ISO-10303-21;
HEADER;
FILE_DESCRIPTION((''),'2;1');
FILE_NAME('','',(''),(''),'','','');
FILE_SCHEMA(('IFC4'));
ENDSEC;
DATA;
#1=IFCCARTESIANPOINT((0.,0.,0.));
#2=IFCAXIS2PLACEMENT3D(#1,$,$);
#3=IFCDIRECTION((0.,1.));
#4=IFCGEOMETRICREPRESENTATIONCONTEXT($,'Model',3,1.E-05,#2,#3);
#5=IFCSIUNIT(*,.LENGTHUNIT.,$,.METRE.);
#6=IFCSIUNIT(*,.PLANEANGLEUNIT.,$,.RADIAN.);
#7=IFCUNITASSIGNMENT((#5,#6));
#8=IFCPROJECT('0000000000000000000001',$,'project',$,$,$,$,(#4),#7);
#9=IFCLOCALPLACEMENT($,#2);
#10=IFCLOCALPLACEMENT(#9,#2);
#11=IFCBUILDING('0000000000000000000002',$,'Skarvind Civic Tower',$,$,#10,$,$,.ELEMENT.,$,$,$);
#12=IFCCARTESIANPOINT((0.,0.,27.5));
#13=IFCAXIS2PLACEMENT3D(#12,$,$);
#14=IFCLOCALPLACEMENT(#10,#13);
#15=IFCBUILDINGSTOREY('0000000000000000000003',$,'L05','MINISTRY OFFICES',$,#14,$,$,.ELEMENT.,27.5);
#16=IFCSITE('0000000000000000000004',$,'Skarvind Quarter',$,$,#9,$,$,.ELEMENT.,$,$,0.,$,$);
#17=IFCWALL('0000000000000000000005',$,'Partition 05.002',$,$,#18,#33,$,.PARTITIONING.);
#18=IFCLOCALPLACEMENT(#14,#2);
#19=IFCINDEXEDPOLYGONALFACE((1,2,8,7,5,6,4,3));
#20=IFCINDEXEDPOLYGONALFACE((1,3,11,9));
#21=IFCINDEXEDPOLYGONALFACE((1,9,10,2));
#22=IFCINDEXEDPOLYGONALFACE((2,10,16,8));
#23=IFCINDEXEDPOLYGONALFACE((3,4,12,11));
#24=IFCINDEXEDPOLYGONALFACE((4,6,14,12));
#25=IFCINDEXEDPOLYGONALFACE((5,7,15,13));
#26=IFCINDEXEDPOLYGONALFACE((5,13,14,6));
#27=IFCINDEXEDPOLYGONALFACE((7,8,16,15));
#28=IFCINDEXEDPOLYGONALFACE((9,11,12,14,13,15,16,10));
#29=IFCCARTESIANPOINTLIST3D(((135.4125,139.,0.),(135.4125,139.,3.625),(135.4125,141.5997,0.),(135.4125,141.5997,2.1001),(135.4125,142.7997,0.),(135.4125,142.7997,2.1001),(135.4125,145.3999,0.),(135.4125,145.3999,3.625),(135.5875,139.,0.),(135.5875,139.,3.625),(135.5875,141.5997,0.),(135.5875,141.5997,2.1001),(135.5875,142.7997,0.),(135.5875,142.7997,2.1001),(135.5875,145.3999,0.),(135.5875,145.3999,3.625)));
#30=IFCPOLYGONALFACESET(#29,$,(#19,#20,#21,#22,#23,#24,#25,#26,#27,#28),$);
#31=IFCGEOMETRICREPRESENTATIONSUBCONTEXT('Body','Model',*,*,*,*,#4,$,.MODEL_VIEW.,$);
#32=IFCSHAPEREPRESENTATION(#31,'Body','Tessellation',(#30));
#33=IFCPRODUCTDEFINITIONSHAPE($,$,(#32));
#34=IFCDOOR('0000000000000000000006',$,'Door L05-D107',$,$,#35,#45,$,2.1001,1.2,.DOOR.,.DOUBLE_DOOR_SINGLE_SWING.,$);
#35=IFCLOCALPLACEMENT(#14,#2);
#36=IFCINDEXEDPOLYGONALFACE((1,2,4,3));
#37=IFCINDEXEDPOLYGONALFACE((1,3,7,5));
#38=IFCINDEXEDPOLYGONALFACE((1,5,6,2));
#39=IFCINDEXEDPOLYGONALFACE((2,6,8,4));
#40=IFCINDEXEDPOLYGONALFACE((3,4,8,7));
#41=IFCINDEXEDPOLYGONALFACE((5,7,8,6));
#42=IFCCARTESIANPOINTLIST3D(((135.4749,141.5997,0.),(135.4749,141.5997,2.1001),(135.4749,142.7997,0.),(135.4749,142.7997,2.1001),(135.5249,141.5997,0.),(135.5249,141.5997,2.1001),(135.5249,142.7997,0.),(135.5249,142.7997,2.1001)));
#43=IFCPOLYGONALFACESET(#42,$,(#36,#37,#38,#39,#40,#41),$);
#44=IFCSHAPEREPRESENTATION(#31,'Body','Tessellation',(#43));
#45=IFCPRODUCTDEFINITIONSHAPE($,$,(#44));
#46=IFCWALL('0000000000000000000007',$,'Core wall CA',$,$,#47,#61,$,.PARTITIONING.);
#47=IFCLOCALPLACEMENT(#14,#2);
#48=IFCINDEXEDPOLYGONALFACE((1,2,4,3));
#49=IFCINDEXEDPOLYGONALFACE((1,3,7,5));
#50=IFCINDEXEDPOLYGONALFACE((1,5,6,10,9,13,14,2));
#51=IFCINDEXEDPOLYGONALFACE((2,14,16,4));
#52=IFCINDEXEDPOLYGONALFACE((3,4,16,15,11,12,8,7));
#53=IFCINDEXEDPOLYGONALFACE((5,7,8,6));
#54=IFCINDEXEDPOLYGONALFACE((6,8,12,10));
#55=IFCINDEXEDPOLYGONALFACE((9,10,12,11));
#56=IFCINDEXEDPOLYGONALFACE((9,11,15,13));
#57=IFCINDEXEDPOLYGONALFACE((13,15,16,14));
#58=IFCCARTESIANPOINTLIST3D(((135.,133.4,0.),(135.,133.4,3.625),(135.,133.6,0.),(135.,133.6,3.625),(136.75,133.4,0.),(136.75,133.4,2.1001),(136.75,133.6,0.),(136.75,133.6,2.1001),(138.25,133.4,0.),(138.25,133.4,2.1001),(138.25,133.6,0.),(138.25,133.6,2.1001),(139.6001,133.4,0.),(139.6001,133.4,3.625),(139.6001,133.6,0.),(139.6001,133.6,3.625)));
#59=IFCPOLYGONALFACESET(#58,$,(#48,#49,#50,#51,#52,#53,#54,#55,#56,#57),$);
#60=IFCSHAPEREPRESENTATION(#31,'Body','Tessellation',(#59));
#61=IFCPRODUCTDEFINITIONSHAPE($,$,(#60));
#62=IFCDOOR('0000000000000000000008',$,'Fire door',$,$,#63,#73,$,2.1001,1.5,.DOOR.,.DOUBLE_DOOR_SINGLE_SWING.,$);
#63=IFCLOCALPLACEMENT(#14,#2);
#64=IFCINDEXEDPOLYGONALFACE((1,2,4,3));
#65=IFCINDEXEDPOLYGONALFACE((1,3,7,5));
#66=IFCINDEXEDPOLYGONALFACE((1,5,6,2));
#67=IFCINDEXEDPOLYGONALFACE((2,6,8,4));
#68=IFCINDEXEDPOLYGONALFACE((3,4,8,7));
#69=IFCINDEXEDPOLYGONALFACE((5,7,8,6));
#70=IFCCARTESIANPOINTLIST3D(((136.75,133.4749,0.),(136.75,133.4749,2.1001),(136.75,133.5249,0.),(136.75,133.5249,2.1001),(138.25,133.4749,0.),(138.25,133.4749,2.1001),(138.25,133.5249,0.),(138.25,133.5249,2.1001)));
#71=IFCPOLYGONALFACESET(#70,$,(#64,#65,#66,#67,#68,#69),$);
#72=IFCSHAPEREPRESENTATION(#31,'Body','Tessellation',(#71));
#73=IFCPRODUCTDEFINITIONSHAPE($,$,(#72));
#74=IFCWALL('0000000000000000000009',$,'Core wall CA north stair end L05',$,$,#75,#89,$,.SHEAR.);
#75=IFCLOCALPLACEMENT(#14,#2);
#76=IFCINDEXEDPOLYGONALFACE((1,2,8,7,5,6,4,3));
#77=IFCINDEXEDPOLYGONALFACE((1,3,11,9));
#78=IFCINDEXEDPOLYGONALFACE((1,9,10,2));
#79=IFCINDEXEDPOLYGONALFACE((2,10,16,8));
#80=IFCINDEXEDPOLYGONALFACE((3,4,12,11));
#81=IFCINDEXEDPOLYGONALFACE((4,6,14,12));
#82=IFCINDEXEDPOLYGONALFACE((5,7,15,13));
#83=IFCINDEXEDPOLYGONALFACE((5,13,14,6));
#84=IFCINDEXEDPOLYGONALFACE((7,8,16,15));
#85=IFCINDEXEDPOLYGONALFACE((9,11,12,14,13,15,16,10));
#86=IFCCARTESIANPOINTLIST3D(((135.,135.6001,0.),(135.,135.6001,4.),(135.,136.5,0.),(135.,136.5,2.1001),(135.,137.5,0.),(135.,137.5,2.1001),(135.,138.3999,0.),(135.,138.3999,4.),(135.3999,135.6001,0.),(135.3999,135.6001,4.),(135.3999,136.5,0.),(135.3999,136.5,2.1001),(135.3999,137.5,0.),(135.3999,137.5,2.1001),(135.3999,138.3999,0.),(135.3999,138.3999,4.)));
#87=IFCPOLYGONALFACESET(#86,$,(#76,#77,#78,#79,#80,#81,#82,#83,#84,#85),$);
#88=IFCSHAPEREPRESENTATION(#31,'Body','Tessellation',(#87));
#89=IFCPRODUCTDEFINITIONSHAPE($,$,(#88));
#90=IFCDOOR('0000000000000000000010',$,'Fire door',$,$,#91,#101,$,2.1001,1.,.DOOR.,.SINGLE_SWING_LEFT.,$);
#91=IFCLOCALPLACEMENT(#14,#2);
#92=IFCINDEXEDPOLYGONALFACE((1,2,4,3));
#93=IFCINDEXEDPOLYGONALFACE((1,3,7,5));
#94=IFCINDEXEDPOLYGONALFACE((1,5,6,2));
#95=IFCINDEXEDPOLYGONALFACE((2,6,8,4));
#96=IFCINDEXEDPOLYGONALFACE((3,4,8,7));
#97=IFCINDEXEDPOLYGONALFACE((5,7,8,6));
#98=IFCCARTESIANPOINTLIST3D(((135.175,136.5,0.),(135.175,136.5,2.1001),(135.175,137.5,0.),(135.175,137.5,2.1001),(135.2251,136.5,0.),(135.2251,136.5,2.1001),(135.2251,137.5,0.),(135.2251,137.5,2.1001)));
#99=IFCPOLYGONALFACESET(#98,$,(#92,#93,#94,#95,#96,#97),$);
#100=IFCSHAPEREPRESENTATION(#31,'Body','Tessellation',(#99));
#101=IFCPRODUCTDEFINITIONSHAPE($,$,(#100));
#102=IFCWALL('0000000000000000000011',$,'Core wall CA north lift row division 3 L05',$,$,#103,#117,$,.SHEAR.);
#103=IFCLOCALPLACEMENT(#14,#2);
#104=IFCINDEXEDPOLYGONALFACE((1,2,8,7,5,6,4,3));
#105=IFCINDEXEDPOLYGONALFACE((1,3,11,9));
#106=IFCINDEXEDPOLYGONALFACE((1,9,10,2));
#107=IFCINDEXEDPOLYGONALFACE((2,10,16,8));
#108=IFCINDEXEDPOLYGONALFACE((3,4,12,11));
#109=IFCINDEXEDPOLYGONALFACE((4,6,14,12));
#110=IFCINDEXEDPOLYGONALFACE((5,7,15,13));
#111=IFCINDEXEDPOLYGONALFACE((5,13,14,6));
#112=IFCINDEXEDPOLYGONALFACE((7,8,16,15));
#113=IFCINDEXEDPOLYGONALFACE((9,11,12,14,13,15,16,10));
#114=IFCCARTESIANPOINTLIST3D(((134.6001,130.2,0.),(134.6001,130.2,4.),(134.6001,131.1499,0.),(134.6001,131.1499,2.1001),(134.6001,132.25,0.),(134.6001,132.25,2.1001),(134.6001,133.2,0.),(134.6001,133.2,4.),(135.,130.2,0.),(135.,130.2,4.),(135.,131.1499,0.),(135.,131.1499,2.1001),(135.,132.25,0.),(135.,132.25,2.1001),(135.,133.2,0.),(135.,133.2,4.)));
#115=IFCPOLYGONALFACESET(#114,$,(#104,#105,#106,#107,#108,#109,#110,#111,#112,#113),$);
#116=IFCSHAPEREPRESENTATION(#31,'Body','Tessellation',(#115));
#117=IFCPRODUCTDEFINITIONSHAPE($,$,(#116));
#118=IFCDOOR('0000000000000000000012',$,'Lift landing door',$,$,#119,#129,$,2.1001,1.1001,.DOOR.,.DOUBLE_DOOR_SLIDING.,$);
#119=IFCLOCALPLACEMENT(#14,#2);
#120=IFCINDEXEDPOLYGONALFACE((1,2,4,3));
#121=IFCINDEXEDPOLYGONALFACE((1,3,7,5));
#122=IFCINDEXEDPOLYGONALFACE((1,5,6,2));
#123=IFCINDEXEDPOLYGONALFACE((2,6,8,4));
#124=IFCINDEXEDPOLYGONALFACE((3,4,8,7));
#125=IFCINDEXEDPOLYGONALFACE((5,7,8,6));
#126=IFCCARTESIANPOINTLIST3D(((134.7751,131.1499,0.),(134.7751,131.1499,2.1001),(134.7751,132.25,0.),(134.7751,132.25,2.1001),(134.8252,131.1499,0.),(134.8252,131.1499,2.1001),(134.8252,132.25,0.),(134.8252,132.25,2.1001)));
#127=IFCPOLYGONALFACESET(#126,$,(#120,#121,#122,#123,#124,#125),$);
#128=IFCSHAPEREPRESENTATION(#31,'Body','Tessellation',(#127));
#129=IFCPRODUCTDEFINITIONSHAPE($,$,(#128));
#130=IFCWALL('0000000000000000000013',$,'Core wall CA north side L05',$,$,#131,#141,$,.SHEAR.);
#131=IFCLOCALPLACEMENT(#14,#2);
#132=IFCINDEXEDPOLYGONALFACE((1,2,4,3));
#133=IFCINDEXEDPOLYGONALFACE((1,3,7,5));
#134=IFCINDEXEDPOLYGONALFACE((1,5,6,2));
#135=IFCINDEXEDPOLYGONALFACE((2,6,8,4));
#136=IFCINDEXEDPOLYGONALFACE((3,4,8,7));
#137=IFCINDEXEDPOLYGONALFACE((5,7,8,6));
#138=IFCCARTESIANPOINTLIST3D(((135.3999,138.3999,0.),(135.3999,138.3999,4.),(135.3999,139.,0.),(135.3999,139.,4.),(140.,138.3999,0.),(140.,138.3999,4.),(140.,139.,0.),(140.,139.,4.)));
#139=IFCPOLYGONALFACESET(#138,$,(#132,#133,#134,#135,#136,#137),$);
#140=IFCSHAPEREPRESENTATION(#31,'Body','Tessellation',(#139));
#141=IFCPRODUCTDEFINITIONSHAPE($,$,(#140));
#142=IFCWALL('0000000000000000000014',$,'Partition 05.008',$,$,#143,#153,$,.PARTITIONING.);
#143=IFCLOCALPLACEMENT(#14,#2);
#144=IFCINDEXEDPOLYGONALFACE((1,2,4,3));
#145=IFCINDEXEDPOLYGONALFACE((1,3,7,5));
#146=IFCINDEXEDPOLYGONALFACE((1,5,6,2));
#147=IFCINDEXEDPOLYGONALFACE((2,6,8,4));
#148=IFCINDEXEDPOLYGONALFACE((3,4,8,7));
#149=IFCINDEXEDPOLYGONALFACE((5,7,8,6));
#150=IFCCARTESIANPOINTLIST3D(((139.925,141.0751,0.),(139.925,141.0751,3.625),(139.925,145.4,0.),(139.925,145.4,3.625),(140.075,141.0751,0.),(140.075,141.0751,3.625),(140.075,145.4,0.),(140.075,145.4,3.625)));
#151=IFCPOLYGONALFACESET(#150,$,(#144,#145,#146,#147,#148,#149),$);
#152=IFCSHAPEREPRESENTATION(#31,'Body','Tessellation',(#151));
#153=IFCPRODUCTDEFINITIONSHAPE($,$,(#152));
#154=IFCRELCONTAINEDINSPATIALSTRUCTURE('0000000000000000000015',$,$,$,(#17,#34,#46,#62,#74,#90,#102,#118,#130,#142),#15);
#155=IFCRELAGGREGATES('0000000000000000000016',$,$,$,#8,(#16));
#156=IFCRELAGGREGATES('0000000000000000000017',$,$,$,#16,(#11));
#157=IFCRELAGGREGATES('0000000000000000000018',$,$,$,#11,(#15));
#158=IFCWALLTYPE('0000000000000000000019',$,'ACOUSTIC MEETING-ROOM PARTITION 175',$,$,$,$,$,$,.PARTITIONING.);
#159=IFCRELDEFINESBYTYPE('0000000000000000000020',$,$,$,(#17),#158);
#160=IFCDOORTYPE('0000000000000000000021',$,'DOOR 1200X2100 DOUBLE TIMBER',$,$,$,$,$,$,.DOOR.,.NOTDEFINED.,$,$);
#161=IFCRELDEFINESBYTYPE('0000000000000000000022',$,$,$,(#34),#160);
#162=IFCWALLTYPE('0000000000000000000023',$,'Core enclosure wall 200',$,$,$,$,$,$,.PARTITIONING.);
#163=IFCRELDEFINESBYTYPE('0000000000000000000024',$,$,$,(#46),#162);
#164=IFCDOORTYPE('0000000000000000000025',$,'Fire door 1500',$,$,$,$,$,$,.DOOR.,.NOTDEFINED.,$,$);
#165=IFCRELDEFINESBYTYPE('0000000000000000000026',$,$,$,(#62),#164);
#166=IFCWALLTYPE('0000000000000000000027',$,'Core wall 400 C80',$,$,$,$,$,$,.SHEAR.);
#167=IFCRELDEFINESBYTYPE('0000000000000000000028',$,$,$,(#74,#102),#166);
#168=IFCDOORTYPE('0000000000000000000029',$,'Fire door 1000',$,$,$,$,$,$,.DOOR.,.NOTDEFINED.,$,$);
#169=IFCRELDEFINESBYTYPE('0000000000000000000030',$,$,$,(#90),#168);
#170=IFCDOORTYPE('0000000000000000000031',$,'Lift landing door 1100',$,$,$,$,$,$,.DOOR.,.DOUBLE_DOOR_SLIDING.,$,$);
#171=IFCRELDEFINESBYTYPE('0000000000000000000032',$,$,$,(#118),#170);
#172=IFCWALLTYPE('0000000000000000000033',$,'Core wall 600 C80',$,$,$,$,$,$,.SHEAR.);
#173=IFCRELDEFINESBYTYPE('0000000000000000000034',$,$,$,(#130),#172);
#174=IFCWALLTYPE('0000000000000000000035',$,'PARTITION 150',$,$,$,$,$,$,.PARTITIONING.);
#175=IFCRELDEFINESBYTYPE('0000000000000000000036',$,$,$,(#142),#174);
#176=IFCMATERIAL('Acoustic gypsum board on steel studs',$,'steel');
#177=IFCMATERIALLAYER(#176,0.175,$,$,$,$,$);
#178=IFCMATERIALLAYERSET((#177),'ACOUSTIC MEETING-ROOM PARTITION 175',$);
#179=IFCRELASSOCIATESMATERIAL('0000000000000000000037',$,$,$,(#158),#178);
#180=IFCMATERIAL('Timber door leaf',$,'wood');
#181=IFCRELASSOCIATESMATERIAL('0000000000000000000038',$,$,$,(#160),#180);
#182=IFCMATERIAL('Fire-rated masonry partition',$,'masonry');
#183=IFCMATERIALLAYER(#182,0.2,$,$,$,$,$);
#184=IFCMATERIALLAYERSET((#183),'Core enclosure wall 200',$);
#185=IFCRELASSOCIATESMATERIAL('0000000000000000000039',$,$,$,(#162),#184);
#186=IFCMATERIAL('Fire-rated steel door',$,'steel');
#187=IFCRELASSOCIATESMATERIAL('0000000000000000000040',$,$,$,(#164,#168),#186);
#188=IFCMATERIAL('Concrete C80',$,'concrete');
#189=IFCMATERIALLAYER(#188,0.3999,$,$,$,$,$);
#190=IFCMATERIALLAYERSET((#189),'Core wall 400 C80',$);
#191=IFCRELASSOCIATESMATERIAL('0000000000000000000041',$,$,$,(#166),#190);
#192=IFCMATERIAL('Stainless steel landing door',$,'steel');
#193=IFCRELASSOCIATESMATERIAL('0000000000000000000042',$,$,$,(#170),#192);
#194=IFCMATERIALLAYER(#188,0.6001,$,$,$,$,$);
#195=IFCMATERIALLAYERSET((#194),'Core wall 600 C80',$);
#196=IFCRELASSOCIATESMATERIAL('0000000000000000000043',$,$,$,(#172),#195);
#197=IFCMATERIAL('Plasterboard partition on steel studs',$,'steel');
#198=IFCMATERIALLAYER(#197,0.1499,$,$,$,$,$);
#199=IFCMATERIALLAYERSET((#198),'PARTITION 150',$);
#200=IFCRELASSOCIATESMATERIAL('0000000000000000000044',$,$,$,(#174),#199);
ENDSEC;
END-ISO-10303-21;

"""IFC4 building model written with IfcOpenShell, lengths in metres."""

from ifc_helpers import new_model, si_unit, direction, frame, frame_2d, origin, place, context, subcontext, project, spatial, rectangle, extrude, material, layer, layer_set, type_object, element, fill, save


model = new_model("IFC4")

# Units and contexts
model_context = context("Model", 3, precision=1e-05, world=origin(), true_north=direction((0.0, 1.0)))
body_context = subcontext(model_context, "Body", "Model", "MODEL_VIEW")
ifc_project = project(units=[si_unit("LENGTHUNIT", "METRE"), si_unit("PLANEANGLEUNIT", "RADIAN")], contexts=[model_context])

# Site, building, storey
site_placement = place(None, origin())
site = spatial("IfcSite", under=ifc_project, at=site_placement, Name="Skarvind Quarter", CompositionType="ELEMENT", RefElevation=0.0)
building_placement = place(site_placement, origin())
building = spatial("IfcBuilding", under=site, at=building_placement, Name="Skarvind Civic Tower", CompositionType="ELEMENT")
storey_placement = place(building_placement, frame((0.0, 0.0, 27.5)))
storey = spatial("IfcBuildingStorey", under=building, at=storey_placement, Name="L05", Description="MINISTRY OFFICES", CompositionType="ELEMENT", Elevation=27.5)

# Walls, openings, doors
ifc_material_1 = material(Name="Acoustic gypsum board on steel studs", Category="steel")
ifc_layer_1 = layer(ifc_material_1, 0.175)
ifc_layer_set_1 = layer_set([ifc_layer_1], Name="ACOUSTIC MEETING-ROOM PARTITION 175")
wall_type_1 = type_object("IfcWallType", Name="ACOUSTIC MEETING-ROOM PARTITION 175", PredefinedType="PARTITIONING", material=ifc_layer_set_1)
wall_1_placement = place(storey_placement, frame((135.5, 145.3999, 0.0), z_axis=(0.0, 0.0, 1.0), x_axis=(0.0, -1.0, 0.0)))
wall_1 = element("IfcWall", 1, at=wall_1_placement, inside=storey, type_object=wall_type_1, Name="Partition 05.002", PredefinedType="PARTITIONING", context=body_context, shape_type="SweptSolid", body=[
    extrude(rectangle(XDim=6.3999, YDim=0.175, at=frame_2d((3.2, 0.0))), origin(), (0.0, 0.0, 1.0), 3.625),
])
opening_1_placement = place(wall_1_placement, frame((2.6001, 0.0, 0.0)))
opening_1 = element("IfcOpeningElement", 2, at=opening_1_placement, cuts=wall_1, PredefinedType="OPENING", context=body_context, shape_type="SweptSolid", body=[
    extrude(rectangle(XDim=1.2, YDim=2.1001, at=frame_2d((0.6001, 1.05))), frame((0.0, 0.0974, 0.0), z_axis=(0.0, -1.0, 0.0), x_axis=(1.0, 0.0, 0.0)), (0.0, 0.0, 1.0), 0.1951),
])
ifc_material_2 = material(Name="Timber door leaf", Category="wood")
door_type_1 = type_object("IfcDoorType", Name="DOOR 1200X2100 DOUBLE TIMBER", OperationType="NOTDEFINED", PredefinedType="DOOR", material=ifc_material_2)
door_1_placement = place(opening_1_placement, origin())
door_1 = element("IfcDoor", 3, at=door_1_placement, inside=storey, type_object=door_type_1, Name="Door L05-D107", OperationType="DOUBLE_DOOR_SINGLE_SWING", OverallHeight=2.1001, OverallWidth=1.2, PredefinedType="DOOR", context=body_context, shape_type="SweptSolid", body=[
    extrude(rectangle(XDim=1.2, YDim=2.1001, at=frame_2d((0.6001, 1.05))), frame((0.0, 0.0249, 0.0), z_axis=(0.0, -1.0, 0.0), x_axis=(1.0, 0.0, 0.0)), (0.0, 0.0, 1.0), 0.05),
])
fill(opening_1, door_1)
ifc_material_3 = material(Name="Fire-rated masonry partition", Category="masonry")
ifc_layer_2 = layer(ifc_material_3, 0.2)
ifc_layer_set_2 = layer_set([ifc_layer_2], Name="Core enclosure wall 200")
wall_type_2 = type_object("IfcWallType", Name="Core enclosure wall 200", PredefinedType="PARTITIONING", material=ifc_layer_set_2)
wall_2_placement = place(storey_placement, frame((135.0, 133.5, 0.0), z_axis=(0.0, 0.0, 1.0), x_axis=(1.0, 0.0, 0.0)))
wall_2 = element("IfcWall", 4, at=wall_2_placement, inside=storey, type_object=wall_type_2, Name="Core wall CA", PredefinedType="PARTITIONING", context=body_context, shape_type="SweptSolid", body=[
    extrude(rectangle(XDim=4.6001, YDim=0.2, at=frame_2d((2.3, 0.0))), origin(), (0.0, 0.0, 1.0), 3.625),
])
opening_2_placement = place(wall_2_placement, frame((1.75, 0.0, 0.0)))
opening_2 = element("IfcOpeningElement", 5, at=opening_2_placement, cuts=wall_2, PredefinedType="OPENING", context=body_context, shape_type="SweptSolid", body=[
    extrude(rectangle(XDim=1.5, YDim=2.1001, at=frame_2d((0.75, 1.05))), frame((0.0, 0.1099, 0.0), z_axis=(0.0, -1.0, 0.0), x_axis=(1.0, 0.0, 0.0)), (0.0, 0.0, 1.0), 0.22),
])
ifc_material_4 = material(Name="Fire-rated steel door", Category="steel")
door_type_2 = type_object("IfcDoorType", Name="Fire door 1500", OperationType="NOTDEFINED", PredefinedType="DOOR", material=ifc_material_4)
door_2_placement = place(opening_2_placement, origin())
door_2 = element("IfcDoor", 6, at=door_2_placement, inside=storey, type_object=door_type_2, Name="Fire door", OperationType="DOUBLE_DOOR_SINGLE_SWING", OverallHeight=2.1001, OverallWidth=1.5, PredefinedType="DOOR", context=body_context, shape_type="SweptSolid", body=[
    extrude(rectangle(XDim=1.5, YDim=2.1001, at=frame_2d((0.75, 1.05))), frame((0.0, 0.0249, 0.0), z_axis=(0.0, -1.0, 0.0), x_axis=(1.0, 0.0, 0.0)), (0.0, 0.0, 1.0), 0.05),
])
fill(opening_2, door_2)
ifc_material_5 = material(Name="Concrete C80", Category="concrete")
ifc_layer_3 = layer(ifc_material_5, 0.3999)
ifc_layer_set_3 = layer_set([ifc_layer_3], Name="Core wall 400 C80")
wall_type_3 = type_object("IfcWallType", Name="Core wall 400 C80", PredefinedType="SHEAR", material=ifc_layer_set_3)
wall_3_placement = place(storey_placement, frame((135.2, 135.6001, 0.0), z_axis=(0.0, 0.0, 1.0), x_axis=(0.0, 1.0, 0.0)))
wall_3 = element("IfcWall", 7, at=wall_3_placement, inside=storey, type_object=wall_type_3, Name="Core wall CA north stair end L05", PredefinedType="SHEAR", context=body_context, shape_type="SweptSolid", body=[
    extrude(rectangle(XDim=2.7998, YDim=0.3999, at=frame_2d((1.3999, 0.0))), origin(), (0.0, 0.0, 1.0), 4.0),
])
opening_3_placement = place(wall_3_placement, frame((0.8999, 0.0, 0.0)))
opening_3 = element("IfcOpeningElement", 8, at=opening_3_placement, cuts=wall_3, PredefinedType="OPENING", context=body_context, shape_type="SweptSolid", body=[
    extrude(rectangle(XDim=1.0, YDim=2.1001, at=frame_2d((0.5, 1.05))), frame((0.0, 0.21, 0.0), z_axis=(0.0, -1.0, 0.0), x_axis=(1.0, 0.0, 0.0)), (0.0, 0.0, 1.0), 0.4199),
])
door_type_3 = type_object("IfcDoorType", Name="Fire door 1000", OperationType="NOTDEFINED", PredefinedType="DOOR", material=ifc_material_4)
door_3_placement = place(opening_3_placement, origin())
door_3 = element("IfcDoor", 9, at=door_3_placement, inside=storey, type_object=door_type_3, Name="Fire door", OperationType="SINGLE_SWING_LEFT", OverallHeight=2.1001, OverallWidth=1.0, PredefinedType="DOOR", context=body_context, shape_type="SweptSolid", body=[
    extrude(rectangle(XDim=1.0, YDim=2.1001, at=frame_2d((0.5, 1.05))), frame((0.0, 0.0249, 0.0), z_axis=(0.0, -1.0, 0.0), x_axis=(1.0, 0.0, 0.0)), (0.0, 0.0, 1.0), 0.05),
])
fill(opening_3, door_3)
wall_4_placement = place(storey_placement, frame((134.8, 130.2, 0.0), z_axis=(0.0, 0.0, 1.0), x_axis=(0.0, 1.0, 0.0)))
wall_4 = element("IfcWall", 10, at=wall_4_placement, inside=storey, type_object=wall_type_3, Name="Core wall CA north lift row division 3 L05", PredefinedType="SHEAR", context=body_context, shape_type="SweptSolid", body=[
    extrude(rectangle(XDim=3.0, YDim=0.3999, at=frame_2d((1.5, 0.0))), origin(), (0.0, 0.0, 1.0), 4.0),
])
opening_4_placement = place(wall_4_placement, frame((0.95, 0.0, 0.0)))
opening_4 = element("IfcOpeningElement", 11, at=opening_4_placement, cuts=wall_4, PredefinedType="OPENING", context=body_context, shape_type="SweptSolid", body=[
    extrude(rectangle(XDim=1.1001, YDim=2.1001, at=frame_2d((0.55, 1.05))), frame((0.0, 0.21, 0.0), z_axis=(0.0, -1.0, 0.0), x_axis=(1.0, 0.0, 0.0)), (0.0, 0.0, 1.0), 0.4199),
])
ifc_material_6 = material(Name="Stainless steel landing door", Category="steel")
door_type_4 = type_object("IfcDoorType", Name="Lift landing door 1100", OperationType="DOUBLE_DOOR_SLIDING", PredefinedType="DOOR", material=ifc_material_6)
door_4_placement = place(opening_4_placement, origin())
door_4 = element("IfcDoor", 12, at=door_4_placement, inside=storey, type_object=door_type_4, Name="Lift landing door", OperationType="DOUBLE_DOOR_SLIDING", OverallHeight=2.1001, OverallWidth=1.1001, PredefinedType="DOOR", context=body_context, shape_type="SweptSolid", body=[
    extrude(rectangle(XDim=1.1001, YDim=2.1001, at=frame_2d((0.55, 1.05))), frame((0.0, 0.0249, 0.0), z_axis=(0.0, -1.0, 0.0), x_axis=(1.0, 0.0, 0.0)), (0.0, 0.0, 1.0), 0.05),
])
fill(opening_4, door_4)

# Walls
ifc_layer_4 = layer(ifc_material_5, 0.6001)
ifc_layer_set_4 = layer_set([ifc_layer_4], Name="Core wall 600 C80")
wall_type_4 = type_object("IfcWallType", Name="Core wall 600 C80", PredefinedType="SHEAR", material=ifc_layer_set_4)
wall_5_placement = place(storey_placement, frame((135.3999, 138.7, 0.0), z_axis=(0.0, 0.0, 1.0), x_axis=(1.0, 0.0, 0.0)))
element("IfcWall", 13, at=wall_5_placement, inside=storey, type_object=wall_type_4, Name="Core wall CA north side L05", PredefinedType="SHEAR", context=body_context, shape_type="SweptSolid", body=[
    extrude(rectangle(XDim=4.6001, YDim=0.6001, at=frame_2d((2.3, 0.0))), origin(), (0.0, 0.0, 1.0), 4.0),
])
ifc_material_7 = material(Name="Plasterboard partition on steel studs", Category="steel")
ifc_layer_5 = layer(ifc_material_7, 0.1499)
ifc_layer_set_5 = layer_set([ifc_layer_5], Name="PARTITION 150")
wall_type_5 = type_object("IfcWallType", Name="PARTITION 150", PredefinedType="PARTITIONING", material=ifc_layer_set_5)
wall_6_placement = place(storey_placement, frame((140.0, 141.075, 0.0), z_axis=(0.0, 0.0, 1.0), x_axis=(0.0, 1.0, 0.0)))
element("IfcWall", 14, at=wall_6_placement, inside=storey, type_object=wall_type_5, Name="Partition 05.008", PredefinedType="PARTITIONING", context=body_context, shape_type="SweptSolid", body=[
    extrude(rectangle(XDim=4.325, YDim=0.1499, at=frame_2d((2.1626, 0.0))), origin(), (0.0, 0.0, 1.0), 3.625),
])

save(model, "model.ifc")
